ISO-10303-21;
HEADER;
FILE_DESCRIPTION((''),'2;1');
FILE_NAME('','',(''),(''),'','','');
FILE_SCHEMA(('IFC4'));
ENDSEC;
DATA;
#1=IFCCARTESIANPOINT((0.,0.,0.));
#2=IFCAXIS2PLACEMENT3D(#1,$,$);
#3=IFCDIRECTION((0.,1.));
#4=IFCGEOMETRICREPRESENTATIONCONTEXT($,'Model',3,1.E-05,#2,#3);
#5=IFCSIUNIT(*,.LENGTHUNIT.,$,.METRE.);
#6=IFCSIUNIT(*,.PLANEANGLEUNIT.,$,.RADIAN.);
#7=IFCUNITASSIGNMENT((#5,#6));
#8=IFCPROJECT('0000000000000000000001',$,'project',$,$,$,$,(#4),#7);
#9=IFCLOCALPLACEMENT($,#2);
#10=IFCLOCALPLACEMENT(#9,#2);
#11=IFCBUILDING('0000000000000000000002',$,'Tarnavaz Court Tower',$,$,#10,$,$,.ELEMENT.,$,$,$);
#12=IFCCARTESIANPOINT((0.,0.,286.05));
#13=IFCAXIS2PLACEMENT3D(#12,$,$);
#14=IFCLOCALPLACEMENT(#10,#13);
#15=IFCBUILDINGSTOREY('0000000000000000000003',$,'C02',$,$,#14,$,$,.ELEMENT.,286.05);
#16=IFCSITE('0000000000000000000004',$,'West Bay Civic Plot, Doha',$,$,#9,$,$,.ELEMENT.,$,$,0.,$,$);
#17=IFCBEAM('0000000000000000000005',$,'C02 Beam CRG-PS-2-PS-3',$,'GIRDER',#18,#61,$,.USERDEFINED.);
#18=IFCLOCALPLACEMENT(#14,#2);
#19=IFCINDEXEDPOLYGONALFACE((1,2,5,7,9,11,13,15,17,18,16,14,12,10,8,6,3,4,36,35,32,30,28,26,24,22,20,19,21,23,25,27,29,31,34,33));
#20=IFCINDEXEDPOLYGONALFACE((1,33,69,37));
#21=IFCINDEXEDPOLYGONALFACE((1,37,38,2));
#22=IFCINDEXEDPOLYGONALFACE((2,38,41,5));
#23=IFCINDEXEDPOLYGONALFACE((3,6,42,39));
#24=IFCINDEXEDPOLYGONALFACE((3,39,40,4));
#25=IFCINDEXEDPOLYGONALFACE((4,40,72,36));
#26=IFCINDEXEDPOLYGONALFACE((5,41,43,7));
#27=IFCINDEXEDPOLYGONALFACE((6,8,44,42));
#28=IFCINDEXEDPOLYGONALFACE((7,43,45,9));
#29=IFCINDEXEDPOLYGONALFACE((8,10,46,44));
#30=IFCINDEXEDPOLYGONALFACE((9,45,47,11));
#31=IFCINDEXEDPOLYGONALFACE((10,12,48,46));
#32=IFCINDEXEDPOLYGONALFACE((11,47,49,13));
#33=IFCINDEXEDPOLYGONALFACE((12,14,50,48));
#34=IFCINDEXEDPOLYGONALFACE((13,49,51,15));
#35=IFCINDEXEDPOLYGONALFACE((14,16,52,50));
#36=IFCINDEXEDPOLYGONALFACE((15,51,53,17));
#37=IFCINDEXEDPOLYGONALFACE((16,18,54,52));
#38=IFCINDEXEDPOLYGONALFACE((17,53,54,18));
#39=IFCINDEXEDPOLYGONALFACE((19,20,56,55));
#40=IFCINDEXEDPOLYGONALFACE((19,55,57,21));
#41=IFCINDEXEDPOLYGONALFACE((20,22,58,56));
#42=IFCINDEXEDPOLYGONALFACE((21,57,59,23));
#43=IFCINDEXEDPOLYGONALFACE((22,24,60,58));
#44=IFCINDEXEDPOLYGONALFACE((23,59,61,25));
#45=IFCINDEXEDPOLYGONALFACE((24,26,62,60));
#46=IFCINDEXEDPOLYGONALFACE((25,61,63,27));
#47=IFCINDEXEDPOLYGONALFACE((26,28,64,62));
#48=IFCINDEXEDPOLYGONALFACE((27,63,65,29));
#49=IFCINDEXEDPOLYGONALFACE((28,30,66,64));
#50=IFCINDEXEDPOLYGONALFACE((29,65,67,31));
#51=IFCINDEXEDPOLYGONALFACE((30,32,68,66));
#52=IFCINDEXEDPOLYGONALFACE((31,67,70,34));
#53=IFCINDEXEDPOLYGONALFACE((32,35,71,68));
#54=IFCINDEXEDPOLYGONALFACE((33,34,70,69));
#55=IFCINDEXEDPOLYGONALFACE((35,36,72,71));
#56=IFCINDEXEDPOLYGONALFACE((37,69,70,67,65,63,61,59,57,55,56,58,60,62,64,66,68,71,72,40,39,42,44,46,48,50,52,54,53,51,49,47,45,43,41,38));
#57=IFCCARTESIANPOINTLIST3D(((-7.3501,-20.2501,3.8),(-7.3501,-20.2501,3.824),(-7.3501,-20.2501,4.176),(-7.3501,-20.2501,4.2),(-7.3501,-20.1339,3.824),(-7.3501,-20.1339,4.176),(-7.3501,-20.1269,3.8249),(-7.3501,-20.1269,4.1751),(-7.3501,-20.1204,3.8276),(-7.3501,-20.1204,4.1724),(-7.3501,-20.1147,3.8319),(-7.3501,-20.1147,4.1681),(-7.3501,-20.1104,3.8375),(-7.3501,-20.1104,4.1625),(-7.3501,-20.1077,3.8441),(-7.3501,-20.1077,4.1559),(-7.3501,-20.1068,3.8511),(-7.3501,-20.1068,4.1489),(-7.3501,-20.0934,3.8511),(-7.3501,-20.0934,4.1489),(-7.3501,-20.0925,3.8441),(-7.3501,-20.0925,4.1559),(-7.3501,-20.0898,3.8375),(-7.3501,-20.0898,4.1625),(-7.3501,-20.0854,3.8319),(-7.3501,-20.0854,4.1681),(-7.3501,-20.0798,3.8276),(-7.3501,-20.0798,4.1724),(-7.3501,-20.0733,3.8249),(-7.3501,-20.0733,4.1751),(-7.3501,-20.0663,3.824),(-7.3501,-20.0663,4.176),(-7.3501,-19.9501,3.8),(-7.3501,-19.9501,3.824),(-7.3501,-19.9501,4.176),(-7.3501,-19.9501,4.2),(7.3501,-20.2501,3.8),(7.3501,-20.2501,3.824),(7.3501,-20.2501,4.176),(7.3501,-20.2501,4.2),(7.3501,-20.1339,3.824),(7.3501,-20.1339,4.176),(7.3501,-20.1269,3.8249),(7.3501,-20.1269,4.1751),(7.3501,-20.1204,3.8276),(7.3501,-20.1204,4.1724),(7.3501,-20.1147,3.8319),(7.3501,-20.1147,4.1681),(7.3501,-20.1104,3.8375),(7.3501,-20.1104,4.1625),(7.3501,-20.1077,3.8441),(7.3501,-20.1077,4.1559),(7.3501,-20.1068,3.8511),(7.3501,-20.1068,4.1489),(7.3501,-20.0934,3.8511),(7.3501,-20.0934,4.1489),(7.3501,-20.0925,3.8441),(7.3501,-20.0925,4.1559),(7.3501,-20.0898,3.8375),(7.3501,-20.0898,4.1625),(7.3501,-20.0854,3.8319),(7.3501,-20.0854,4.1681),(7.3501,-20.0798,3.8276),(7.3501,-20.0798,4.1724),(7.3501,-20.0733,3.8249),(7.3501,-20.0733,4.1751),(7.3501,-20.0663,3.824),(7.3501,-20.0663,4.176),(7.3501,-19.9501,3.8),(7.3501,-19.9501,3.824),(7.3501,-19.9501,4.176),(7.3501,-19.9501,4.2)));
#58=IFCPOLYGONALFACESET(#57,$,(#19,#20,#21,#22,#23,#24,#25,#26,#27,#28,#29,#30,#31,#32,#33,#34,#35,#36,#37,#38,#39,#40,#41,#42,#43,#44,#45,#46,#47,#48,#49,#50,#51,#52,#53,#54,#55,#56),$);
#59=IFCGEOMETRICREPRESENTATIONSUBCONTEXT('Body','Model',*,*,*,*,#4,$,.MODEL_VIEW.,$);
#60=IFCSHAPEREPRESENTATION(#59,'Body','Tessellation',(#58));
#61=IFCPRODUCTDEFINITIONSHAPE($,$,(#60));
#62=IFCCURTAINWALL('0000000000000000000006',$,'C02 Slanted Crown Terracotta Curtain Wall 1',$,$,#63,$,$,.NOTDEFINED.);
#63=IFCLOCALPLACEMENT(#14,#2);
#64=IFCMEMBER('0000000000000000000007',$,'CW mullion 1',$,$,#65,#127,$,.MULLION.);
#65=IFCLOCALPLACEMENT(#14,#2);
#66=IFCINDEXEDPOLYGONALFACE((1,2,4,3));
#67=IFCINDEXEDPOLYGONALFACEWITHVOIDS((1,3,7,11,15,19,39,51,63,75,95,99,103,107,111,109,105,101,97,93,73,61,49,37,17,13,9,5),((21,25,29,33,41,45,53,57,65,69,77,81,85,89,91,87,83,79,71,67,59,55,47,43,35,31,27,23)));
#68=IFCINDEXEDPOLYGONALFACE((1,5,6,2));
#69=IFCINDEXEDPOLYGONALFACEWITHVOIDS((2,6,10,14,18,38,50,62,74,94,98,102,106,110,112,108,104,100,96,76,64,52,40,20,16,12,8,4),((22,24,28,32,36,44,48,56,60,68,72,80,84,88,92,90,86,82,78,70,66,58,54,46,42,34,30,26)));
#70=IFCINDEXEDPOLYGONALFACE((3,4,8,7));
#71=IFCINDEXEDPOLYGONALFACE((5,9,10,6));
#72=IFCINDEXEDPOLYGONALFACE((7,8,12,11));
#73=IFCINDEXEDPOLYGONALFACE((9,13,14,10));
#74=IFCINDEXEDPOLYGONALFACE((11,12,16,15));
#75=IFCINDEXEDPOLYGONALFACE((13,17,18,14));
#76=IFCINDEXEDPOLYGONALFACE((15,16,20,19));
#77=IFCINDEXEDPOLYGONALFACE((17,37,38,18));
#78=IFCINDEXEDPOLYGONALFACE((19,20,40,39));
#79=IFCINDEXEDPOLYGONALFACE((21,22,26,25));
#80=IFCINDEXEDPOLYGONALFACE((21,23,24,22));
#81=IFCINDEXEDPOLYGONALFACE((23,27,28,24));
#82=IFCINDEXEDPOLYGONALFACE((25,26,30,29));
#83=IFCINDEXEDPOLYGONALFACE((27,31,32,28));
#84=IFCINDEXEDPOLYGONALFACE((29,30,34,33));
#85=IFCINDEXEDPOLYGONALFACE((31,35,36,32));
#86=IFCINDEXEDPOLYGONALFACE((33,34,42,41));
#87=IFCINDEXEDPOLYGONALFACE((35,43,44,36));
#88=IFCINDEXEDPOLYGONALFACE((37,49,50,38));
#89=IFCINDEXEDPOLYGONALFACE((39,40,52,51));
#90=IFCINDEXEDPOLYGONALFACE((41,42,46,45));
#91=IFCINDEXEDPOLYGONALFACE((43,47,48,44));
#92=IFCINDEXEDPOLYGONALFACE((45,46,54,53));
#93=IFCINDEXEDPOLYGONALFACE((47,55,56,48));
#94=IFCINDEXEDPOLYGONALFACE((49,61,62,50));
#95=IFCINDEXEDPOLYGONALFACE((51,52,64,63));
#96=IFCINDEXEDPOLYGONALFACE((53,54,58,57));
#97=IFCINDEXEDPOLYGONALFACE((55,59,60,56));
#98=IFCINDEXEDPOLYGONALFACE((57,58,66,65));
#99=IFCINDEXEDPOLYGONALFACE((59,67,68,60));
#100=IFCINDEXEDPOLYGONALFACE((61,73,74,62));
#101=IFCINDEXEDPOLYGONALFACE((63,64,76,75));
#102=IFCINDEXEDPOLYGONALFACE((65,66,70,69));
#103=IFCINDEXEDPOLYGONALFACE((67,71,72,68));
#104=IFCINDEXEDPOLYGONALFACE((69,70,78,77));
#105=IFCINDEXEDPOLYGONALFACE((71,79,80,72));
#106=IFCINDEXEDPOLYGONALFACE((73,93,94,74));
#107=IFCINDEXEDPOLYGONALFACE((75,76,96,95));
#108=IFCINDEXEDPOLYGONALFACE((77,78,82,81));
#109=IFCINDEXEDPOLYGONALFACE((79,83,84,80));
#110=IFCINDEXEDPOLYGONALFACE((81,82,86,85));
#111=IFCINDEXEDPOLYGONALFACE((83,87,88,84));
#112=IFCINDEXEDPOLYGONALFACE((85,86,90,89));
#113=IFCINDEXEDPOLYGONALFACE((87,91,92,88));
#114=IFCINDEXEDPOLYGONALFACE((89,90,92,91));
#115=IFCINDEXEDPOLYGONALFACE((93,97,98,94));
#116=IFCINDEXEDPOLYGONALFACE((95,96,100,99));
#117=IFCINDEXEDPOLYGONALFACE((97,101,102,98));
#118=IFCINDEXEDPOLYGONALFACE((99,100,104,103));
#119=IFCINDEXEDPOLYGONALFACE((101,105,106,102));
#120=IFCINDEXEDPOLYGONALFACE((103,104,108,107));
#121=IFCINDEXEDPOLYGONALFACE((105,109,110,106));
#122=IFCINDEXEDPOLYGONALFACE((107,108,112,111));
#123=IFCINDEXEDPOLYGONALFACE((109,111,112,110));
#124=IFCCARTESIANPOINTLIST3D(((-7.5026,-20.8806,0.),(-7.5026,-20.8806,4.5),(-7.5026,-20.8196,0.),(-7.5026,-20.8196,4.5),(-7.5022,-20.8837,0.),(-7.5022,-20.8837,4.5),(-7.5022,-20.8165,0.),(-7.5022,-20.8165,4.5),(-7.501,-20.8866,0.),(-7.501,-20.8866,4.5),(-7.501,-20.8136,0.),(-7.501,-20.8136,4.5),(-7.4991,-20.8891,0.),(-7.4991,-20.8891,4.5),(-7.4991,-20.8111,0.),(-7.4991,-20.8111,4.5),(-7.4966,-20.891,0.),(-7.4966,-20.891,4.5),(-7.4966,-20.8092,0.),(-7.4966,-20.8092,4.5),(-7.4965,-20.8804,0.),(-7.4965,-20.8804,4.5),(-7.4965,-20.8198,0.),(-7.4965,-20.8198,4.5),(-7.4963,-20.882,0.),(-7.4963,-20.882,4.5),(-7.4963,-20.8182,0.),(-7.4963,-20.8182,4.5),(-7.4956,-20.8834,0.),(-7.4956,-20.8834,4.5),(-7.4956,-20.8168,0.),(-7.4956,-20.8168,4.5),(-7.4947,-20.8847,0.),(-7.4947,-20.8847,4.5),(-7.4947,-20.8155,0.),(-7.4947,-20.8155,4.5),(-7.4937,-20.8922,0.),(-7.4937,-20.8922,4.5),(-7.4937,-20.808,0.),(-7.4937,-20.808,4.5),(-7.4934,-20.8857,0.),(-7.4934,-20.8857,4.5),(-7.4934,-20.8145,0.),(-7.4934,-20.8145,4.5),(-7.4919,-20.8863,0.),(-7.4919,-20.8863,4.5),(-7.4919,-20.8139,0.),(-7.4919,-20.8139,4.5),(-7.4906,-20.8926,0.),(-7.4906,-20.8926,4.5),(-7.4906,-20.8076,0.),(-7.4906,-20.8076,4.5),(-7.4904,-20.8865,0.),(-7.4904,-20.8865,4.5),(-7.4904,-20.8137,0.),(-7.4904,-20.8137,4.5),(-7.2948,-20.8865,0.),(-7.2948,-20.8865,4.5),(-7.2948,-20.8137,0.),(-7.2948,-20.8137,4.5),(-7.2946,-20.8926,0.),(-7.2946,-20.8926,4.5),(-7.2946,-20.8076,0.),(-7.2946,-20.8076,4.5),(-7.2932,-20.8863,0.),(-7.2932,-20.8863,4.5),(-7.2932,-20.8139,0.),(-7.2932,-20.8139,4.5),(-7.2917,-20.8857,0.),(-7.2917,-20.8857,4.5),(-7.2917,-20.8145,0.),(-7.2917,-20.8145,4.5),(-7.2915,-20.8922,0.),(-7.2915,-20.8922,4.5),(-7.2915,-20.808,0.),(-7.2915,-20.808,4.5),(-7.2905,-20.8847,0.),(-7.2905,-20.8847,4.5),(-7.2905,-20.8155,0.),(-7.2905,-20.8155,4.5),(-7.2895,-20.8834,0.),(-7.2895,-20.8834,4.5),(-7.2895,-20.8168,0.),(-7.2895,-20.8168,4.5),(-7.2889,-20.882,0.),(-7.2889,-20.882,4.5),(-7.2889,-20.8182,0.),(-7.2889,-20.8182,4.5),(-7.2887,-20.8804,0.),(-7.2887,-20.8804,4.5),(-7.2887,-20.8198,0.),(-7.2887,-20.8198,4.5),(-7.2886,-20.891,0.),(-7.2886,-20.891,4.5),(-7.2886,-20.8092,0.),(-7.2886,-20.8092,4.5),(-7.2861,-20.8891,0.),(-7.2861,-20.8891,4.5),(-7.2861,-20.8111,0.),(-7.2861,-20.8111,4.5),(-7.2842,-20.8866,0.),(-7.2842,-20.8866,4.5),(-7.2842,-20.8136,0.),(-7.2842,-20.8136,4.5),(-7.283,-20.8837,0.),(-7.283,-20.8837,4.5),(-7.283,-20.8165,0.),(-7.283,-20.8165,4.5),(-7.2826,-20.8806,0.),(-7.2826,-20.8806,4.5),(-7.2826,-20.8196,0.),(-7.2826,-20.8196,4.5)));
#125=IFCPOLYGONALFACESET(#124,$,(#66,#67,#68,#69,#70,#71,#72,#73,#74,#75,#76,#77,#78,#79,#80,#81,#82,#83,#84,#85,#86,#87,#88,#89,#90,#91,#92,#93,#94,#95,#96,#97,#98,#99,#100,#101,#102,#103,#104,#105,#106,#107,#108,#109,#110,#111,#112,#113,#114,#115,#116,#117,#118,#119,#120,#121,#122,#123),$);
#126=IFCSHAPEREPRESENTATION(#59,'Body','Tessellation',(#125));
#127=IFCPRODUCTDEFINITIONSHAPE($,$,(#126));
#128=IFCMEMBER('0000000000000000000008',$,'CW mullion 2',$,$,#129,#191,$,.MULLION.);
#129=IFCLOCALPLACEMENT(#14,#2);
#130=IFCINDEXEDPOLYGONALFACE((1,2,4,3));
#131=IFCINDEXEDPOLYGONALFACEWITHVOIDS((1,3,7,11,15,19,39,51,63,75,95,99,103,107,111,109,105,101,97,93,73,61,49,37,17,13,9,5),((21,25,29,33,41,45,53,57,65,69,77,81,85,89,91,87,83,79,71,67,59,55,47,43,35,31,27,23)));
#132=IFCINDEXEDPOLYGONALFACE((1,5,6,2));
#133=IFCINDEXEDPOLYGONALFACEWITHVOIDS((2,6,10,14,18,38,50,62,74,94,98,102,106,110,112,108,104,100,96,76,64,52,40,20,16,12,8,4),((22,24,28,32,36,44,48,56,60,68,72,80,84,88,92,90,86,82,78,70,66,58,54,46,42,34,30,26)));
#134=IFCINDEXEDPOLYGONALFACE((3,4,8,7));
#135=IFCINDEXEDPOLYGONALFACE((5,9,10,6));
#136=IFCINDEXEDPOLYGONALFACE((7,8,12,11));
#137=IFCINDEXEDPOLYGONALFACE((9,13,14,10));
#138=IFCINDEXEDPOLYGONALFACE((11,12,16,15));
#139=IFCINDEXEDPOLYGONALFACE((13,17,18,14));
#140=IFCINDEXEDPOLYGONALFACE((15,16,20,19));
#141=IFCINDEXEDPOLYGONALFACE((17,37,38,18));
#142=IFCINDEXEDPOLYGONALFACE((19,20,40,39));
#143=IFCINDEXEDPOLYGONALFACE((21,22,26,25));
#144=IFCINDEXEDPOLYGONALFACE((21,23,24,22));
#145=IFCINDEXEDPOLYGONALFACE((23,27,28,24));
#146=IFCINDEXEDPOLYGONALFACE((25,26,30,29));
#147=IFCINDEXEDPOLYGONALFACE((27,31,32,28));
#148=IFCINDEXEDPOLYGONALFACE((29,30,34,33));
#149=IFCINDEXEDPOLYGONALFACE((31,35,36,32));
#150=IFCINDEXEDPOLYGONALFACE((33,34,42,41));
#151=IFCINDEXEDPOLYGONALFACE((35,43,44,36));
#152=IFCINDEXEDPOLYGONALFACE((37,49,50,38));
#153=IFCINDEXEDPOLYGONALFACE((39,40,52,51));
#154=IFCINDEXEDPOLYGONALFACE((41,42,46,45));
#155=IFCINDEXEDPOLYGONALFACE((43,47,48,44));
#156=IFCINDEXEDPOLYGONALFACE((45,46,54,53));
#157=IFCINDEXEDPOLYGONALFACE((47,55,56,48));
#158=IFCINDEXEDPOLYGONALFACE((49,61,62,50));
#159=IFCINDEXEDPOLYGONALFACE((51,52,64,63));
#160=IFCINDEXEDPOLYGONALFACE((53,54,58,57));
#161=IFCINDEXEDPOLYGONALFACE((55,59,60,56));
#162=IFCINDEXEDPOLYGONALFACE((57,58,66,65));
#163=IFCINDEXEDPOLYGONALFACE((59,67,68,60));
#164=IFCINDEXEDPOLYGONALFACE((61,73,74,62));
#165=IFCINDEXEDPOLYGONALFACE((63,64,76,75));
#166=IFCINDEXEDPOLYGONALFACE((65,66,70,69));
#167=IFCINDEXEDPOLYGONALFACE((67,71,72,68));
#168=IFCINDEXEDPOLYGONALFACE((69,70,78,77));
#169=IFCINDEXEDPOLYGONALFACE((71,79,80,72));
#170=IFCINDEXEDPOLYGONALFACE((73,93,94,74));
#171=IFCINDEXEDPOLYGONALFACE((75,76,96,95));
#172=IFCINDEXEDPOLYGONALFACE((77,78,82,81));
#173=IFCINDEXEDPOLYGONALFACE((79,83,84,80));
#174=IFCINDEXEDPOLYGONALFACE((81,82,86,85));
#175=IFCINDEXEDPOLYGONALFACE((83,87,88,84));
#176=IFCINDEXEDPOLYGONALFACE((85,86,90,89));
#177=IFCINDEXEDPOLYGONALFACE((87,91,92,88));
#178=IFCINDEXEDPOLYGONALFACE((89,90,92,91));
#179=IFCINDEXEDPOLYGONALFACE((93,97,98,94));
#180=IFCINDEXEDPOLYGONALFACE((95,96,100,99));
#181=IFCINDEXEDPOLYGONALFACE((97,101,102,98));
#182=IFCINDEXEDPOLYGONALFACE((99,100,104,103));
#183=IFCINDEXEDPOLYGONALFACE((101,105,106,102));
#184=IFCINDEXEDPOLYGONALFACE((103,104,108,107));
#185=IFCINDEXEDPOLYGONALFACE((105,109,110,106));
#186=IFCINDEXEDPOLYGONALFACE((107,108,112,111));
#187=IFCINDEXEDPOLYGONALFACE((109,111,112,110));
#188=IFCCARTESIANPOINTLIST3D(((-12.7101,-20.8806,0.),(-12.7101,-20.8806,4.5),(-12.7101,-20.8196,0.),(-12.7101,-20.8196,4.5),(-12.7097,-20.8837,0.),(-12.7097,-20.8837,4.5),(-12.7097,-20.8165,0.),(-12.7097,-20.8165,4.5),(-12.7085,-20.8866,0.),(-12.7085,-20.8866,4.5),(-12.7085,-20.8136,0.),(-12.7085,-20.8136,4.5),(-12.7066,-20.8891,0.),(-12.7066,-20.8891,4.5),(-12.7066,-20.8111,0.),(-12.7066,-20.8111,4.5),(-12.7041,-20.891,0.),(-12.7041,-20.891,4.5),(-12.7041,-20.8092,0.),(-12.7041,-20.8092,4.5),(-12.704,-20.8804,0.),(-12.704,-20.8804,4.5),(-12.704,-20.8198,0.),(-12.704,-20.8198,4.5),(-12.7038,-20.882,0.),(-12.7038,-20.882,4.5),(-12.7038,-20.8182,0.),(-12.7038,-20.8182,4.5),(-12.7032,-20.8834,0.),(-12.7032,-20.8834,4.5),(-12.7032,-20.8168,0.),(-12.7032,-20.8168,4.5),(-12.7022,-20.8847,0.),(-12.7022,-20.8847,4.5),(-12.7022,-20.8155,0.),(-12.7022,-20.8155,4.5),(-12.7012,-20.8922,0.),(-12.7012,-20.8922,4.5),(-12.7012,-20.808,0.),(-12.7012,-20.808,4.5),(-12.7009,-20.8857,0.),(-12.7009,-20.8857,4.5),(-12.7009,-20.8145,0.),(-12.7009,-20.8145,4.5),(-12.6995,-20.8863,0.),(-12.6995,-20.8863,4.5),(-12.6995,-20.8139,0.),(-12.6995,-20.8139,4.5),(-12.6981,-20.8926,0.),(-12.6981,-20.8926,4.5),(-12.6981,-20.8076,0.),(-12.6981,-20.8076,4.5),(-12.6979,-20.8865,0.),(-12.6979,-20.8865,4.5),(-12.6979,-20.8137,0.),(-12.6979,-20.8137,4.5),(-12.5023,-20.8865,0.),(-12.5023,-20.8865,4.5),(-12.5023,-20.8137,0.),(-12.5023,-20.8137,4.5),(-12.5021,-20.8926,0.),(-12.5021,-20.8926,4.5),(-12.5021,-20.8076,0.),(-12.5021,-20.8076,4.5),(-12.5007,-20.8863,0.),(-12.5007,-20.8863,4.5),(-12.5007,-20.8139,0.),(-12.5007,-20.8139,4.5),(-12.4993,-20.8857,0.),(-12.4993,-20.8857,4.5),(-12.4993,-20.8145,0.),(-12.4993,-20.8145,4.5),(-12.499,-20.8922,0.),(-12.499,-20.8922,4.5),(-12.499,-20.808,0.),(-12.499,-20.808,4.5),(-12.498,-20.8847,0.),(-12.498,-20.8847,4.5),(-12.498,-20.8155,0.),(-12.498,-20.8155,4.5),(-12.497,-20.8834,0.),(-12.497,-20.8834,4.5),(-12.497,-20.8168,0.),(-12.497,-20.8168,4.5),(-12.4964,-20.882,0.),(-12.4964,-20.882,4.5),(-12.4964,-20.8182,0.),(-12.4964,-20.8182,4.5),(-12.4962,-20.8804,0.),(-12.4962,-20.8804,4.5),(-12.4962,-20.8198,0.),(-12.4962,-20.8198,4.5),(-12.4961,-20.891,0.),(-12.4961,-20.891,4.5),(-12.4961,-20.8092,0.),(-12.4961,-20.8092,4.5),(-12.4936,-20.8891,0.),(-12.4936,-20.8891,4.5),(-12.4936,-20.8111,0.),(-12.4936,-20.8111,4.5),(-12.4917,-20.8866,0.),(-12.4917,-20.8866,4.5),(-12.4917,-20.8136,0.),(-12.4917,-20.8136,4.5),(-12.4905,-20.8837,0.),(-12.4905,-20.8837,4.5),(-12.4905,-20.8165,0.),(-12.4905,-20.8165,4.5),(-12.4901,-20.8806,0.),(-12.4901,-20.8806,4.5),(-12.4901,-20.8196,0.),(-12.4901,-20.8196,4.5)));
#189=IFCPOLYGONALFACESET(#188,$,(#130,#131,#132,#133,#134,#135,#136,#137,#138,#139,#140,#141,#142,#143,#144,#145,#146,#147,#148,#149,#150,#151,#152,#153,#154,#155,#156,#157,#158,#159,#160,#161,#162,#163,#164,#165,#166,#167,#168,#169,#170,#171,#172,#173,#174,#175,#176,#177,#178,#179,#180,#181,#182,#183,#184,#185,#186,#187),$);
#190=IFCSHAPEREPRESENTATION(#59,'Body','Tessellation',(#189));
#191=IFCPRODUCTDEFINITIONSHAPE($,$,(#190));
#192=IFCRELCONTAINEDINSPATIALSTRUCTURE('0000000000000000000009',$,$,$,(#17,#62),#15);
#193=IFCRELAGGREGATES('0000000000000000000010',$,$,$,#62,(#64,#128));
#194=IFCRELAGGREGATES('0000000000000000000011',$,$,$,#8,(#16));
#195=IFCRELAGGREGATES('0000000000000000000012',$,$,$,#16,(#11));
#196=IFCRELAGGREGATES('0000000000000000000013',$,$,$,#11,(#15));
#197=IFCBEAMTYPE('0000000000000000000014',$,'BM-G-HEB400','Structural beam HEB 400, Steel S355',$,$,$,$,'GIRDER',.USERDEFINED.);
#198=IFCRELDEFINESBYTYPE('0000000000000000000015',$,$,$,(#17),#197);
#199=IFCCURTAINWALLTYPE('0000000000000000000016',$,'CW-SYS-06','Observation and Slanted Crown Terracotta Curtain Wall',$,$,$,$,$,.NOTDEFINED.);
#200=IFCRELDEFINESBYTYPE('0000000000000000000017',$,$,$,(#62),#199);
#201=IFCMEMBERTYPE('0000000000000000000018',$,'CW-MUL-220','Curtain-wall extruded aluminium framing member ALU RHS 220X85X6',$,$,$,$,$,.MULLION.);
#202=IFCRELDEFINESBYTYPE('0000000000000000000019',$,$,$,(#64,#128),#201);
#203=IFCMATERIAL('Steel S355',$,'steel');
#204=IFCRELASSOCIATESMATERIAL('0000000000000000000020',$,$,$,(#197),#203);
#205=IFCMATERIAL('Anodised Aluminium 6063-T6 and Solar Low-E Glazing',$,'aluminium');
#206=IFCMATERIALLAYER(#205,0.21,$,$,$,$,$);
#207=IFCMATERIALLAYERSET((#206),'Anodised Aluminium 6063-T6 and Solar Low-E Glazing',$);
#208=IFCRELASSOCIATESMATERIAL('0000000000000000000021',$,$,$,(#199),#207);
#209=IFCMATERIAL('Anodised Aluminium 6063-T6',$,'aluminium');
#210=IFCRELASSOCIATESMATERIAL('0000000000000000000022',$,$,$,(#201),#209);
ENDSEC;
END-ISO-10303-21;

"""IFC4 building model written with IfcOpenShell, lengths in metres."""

from ifc_helpers import new_model, si_unit, direction, frame, origin, origin_2d, place, context, subcontext, project, spatial, hollow_rectangle, i_section, extrude, material, layer, layer_set, material_profile, profile_set, type_object, element, aggregate, save


model = new_model("IFC4")

# Units and contexts
model_context = context("Model", 3, precision=1e-05, world=origin(), true_north=direction((0.0, 1.0)))
body_context = subcontext(model_context, "Body", "Model", "MODEL_VIEW")
ifc_project = project(units=[si_unit("LENGTHUNIT", "METRE"), si_unit("PLANEANGLEUNIT", "RADIAN")], contexts=[model_context])

# Site, building, storey
site_placement = place(None, origin())
site = spatial("IfcSite", under=ifc_project, at=site_placement, Name="West Bay Civic Plot, Doha", CompositionType="ELEMENT", RefElevation=0.0)
building_placement = place(site_placement, origin())
building = spatial("IfcBuilding", under=site, at=building_placement, Name="Tarnavaz Court Tower", CompositionType="ELEMENT")
storey_placement = place(building_placement, frame((0.0, 0.0, 286.05)))
storey = spatial("IfcBuildingStorey", under=building, at=storey_placement, Name="C02", CompositionType="ELEMENT", Elevation=286.05)

# Shared definitions
ifc_material_1 = material(Name="Steel S355", Category="steel")

# Beam
ifc_material_profile_1 = material_profile(ifc_material_1, i_section(OverallWidth=0.3, OverallDepth=0.3999, WebThickness=0.0134, FlangeThickness=0.0239, FilletRadius=0.0271, at=origin_2d()), Name="HEB 400")
ifc_profile_set_1 = profile_set([ifc_material_profile_1], Name="Steel S355")
beam_type = type_object("IfcBeamType", Name="BM-G-HEB400", Description="Structural beam HEB 400, Steel S355", ElementType="GIRDER", PredefinedType="USERDEFINED", material=ifc_profile_set_1)
beam_1_placement = place(storey_placement, frame((-7.3501, -20.1001, 4.0), z_axis=(1.0, 0.0, 0.0), x_axis=(0.0, 1.0, 0.0)))
element("IfcBeam", 1, at=beam_1_placement, inside=storey, type_object=beam_type, Name="C02 Beam CRG-PS-2-PS-3", ObjectType="GIRDER", PredefinedType="USERDEFINED", context=body_context, shape_type="SweptSolid", body=[
    extrude(i_section(OverallWidth=0.3, OverallDepth=0.3999, WebThickness=0.0134, FlangeThickness=0.0239, FilletRadius=0.0271, at=origin_2d()), origin(), (0.0, 0.0, 1.0), 14.7002),
])

# Curtain wall, members
ifc_material_2 = material(Name="Anodised Aluminium 6063-T6 and Solar Low-E Glazing", Category="aluminium")
ifc_layer_1 = layer(ifc_material_2, 0.21)
ifc_layer_set_1 = layer_set([ifc_layer_1], Name="Anodised Aluminium 6063-T6 and Solar Low-E Glazing")
curtain_wall_type = type_object("IfcCurtainWallType", Name="CW-SYS-06", Description="Observation and Slanted Crown Terracotta Curtain Wall", PredefinedType="NOTDEFINED", material=ifc_layer_set_1)
curtain_wall_1_placement = place(storey_placement, origin())
curtain_wall_1 = element("IfcCurtainWall", 2, at=curtain_wall_1_placement, inside=storey, type_object=curtain_wall_type, Name="C02 Slanted Crown Terracotta Curtain Wall 1", PredefinedType="NOTDEFINED")
ifc_material_3 = material(Name="Anodised Aluminium 6063-T6", Category="aluminium")
ifc_material_profile_2 = material_profile(ifc_material_3, hollow_rectangle(XDim=0.085, YDim=0.22, WallThickness=0.0061, InnerFilletRadius=0.0061, OuterFilletRadius=0.012, at=origin_2d()), Name="ALU RHS 220X85X6")
ifc_profile_set_2 = profile_set([ifc_material_profile_2], Name="Anodised Aluminium 6063-T6")
member_type_1 = type_object("IfcMemberType", Name="CW-MUL-220", Description="Curtain-wall extruded aluminium framing member ALU RHS 220X85X6", PredefinedType="MULLION", material=ifc_profile_set_2)
member_1_placement = place(storey_placement, frame((-7.3926, -20.8501, 0.0), z_axis=(0.0, 0.0, 1.0), x_axis=(0.0, -1.0, 0.0)))
member_1 = element("IfcMember", 3, at=member_1_placement, type_object=member_type_1, Name="CW mullion 1", PredefinedType="MULLION", context=body_context, shape_type="SweptSolid", body=[
    extrude(hollow_rectangle(XDim=0.085, YDim=0.22, WallThickness=0.0061, InnerFilletRadius=0.0061, OuterFilletRadius=0.012, at=origin_2d()), origin(), (0.0, 0.0, 1.0), 4.5),
])
member_2_placement = place(storey_placement, frame((-12.6001, -20.8501, 0.0), z_axis=(0.0, 0.0, 1.0), x_axis=(0.0, -1.0, 0.0)))
member_2 = element("IfcMember", 4, at=member_2_placement, type_object=member_type_1, Name="CW mullion 2", PredefinedType="MULLION", context=body_context, shape_type="SweptSolid", body=[
    extrude(hollow_rectangle(XDim=0.085, YDim=0.22, WallThickness=0.0061, InnerFilletRadius=0.0061, OuterFilletRadius=0.012, at=origin_2d()), origin(), (0.0, 0.0, 1.0), 4.5),
])

aggregate(curtain_wall_1, [member_1, member_2])

save(model, "model.ifc")
